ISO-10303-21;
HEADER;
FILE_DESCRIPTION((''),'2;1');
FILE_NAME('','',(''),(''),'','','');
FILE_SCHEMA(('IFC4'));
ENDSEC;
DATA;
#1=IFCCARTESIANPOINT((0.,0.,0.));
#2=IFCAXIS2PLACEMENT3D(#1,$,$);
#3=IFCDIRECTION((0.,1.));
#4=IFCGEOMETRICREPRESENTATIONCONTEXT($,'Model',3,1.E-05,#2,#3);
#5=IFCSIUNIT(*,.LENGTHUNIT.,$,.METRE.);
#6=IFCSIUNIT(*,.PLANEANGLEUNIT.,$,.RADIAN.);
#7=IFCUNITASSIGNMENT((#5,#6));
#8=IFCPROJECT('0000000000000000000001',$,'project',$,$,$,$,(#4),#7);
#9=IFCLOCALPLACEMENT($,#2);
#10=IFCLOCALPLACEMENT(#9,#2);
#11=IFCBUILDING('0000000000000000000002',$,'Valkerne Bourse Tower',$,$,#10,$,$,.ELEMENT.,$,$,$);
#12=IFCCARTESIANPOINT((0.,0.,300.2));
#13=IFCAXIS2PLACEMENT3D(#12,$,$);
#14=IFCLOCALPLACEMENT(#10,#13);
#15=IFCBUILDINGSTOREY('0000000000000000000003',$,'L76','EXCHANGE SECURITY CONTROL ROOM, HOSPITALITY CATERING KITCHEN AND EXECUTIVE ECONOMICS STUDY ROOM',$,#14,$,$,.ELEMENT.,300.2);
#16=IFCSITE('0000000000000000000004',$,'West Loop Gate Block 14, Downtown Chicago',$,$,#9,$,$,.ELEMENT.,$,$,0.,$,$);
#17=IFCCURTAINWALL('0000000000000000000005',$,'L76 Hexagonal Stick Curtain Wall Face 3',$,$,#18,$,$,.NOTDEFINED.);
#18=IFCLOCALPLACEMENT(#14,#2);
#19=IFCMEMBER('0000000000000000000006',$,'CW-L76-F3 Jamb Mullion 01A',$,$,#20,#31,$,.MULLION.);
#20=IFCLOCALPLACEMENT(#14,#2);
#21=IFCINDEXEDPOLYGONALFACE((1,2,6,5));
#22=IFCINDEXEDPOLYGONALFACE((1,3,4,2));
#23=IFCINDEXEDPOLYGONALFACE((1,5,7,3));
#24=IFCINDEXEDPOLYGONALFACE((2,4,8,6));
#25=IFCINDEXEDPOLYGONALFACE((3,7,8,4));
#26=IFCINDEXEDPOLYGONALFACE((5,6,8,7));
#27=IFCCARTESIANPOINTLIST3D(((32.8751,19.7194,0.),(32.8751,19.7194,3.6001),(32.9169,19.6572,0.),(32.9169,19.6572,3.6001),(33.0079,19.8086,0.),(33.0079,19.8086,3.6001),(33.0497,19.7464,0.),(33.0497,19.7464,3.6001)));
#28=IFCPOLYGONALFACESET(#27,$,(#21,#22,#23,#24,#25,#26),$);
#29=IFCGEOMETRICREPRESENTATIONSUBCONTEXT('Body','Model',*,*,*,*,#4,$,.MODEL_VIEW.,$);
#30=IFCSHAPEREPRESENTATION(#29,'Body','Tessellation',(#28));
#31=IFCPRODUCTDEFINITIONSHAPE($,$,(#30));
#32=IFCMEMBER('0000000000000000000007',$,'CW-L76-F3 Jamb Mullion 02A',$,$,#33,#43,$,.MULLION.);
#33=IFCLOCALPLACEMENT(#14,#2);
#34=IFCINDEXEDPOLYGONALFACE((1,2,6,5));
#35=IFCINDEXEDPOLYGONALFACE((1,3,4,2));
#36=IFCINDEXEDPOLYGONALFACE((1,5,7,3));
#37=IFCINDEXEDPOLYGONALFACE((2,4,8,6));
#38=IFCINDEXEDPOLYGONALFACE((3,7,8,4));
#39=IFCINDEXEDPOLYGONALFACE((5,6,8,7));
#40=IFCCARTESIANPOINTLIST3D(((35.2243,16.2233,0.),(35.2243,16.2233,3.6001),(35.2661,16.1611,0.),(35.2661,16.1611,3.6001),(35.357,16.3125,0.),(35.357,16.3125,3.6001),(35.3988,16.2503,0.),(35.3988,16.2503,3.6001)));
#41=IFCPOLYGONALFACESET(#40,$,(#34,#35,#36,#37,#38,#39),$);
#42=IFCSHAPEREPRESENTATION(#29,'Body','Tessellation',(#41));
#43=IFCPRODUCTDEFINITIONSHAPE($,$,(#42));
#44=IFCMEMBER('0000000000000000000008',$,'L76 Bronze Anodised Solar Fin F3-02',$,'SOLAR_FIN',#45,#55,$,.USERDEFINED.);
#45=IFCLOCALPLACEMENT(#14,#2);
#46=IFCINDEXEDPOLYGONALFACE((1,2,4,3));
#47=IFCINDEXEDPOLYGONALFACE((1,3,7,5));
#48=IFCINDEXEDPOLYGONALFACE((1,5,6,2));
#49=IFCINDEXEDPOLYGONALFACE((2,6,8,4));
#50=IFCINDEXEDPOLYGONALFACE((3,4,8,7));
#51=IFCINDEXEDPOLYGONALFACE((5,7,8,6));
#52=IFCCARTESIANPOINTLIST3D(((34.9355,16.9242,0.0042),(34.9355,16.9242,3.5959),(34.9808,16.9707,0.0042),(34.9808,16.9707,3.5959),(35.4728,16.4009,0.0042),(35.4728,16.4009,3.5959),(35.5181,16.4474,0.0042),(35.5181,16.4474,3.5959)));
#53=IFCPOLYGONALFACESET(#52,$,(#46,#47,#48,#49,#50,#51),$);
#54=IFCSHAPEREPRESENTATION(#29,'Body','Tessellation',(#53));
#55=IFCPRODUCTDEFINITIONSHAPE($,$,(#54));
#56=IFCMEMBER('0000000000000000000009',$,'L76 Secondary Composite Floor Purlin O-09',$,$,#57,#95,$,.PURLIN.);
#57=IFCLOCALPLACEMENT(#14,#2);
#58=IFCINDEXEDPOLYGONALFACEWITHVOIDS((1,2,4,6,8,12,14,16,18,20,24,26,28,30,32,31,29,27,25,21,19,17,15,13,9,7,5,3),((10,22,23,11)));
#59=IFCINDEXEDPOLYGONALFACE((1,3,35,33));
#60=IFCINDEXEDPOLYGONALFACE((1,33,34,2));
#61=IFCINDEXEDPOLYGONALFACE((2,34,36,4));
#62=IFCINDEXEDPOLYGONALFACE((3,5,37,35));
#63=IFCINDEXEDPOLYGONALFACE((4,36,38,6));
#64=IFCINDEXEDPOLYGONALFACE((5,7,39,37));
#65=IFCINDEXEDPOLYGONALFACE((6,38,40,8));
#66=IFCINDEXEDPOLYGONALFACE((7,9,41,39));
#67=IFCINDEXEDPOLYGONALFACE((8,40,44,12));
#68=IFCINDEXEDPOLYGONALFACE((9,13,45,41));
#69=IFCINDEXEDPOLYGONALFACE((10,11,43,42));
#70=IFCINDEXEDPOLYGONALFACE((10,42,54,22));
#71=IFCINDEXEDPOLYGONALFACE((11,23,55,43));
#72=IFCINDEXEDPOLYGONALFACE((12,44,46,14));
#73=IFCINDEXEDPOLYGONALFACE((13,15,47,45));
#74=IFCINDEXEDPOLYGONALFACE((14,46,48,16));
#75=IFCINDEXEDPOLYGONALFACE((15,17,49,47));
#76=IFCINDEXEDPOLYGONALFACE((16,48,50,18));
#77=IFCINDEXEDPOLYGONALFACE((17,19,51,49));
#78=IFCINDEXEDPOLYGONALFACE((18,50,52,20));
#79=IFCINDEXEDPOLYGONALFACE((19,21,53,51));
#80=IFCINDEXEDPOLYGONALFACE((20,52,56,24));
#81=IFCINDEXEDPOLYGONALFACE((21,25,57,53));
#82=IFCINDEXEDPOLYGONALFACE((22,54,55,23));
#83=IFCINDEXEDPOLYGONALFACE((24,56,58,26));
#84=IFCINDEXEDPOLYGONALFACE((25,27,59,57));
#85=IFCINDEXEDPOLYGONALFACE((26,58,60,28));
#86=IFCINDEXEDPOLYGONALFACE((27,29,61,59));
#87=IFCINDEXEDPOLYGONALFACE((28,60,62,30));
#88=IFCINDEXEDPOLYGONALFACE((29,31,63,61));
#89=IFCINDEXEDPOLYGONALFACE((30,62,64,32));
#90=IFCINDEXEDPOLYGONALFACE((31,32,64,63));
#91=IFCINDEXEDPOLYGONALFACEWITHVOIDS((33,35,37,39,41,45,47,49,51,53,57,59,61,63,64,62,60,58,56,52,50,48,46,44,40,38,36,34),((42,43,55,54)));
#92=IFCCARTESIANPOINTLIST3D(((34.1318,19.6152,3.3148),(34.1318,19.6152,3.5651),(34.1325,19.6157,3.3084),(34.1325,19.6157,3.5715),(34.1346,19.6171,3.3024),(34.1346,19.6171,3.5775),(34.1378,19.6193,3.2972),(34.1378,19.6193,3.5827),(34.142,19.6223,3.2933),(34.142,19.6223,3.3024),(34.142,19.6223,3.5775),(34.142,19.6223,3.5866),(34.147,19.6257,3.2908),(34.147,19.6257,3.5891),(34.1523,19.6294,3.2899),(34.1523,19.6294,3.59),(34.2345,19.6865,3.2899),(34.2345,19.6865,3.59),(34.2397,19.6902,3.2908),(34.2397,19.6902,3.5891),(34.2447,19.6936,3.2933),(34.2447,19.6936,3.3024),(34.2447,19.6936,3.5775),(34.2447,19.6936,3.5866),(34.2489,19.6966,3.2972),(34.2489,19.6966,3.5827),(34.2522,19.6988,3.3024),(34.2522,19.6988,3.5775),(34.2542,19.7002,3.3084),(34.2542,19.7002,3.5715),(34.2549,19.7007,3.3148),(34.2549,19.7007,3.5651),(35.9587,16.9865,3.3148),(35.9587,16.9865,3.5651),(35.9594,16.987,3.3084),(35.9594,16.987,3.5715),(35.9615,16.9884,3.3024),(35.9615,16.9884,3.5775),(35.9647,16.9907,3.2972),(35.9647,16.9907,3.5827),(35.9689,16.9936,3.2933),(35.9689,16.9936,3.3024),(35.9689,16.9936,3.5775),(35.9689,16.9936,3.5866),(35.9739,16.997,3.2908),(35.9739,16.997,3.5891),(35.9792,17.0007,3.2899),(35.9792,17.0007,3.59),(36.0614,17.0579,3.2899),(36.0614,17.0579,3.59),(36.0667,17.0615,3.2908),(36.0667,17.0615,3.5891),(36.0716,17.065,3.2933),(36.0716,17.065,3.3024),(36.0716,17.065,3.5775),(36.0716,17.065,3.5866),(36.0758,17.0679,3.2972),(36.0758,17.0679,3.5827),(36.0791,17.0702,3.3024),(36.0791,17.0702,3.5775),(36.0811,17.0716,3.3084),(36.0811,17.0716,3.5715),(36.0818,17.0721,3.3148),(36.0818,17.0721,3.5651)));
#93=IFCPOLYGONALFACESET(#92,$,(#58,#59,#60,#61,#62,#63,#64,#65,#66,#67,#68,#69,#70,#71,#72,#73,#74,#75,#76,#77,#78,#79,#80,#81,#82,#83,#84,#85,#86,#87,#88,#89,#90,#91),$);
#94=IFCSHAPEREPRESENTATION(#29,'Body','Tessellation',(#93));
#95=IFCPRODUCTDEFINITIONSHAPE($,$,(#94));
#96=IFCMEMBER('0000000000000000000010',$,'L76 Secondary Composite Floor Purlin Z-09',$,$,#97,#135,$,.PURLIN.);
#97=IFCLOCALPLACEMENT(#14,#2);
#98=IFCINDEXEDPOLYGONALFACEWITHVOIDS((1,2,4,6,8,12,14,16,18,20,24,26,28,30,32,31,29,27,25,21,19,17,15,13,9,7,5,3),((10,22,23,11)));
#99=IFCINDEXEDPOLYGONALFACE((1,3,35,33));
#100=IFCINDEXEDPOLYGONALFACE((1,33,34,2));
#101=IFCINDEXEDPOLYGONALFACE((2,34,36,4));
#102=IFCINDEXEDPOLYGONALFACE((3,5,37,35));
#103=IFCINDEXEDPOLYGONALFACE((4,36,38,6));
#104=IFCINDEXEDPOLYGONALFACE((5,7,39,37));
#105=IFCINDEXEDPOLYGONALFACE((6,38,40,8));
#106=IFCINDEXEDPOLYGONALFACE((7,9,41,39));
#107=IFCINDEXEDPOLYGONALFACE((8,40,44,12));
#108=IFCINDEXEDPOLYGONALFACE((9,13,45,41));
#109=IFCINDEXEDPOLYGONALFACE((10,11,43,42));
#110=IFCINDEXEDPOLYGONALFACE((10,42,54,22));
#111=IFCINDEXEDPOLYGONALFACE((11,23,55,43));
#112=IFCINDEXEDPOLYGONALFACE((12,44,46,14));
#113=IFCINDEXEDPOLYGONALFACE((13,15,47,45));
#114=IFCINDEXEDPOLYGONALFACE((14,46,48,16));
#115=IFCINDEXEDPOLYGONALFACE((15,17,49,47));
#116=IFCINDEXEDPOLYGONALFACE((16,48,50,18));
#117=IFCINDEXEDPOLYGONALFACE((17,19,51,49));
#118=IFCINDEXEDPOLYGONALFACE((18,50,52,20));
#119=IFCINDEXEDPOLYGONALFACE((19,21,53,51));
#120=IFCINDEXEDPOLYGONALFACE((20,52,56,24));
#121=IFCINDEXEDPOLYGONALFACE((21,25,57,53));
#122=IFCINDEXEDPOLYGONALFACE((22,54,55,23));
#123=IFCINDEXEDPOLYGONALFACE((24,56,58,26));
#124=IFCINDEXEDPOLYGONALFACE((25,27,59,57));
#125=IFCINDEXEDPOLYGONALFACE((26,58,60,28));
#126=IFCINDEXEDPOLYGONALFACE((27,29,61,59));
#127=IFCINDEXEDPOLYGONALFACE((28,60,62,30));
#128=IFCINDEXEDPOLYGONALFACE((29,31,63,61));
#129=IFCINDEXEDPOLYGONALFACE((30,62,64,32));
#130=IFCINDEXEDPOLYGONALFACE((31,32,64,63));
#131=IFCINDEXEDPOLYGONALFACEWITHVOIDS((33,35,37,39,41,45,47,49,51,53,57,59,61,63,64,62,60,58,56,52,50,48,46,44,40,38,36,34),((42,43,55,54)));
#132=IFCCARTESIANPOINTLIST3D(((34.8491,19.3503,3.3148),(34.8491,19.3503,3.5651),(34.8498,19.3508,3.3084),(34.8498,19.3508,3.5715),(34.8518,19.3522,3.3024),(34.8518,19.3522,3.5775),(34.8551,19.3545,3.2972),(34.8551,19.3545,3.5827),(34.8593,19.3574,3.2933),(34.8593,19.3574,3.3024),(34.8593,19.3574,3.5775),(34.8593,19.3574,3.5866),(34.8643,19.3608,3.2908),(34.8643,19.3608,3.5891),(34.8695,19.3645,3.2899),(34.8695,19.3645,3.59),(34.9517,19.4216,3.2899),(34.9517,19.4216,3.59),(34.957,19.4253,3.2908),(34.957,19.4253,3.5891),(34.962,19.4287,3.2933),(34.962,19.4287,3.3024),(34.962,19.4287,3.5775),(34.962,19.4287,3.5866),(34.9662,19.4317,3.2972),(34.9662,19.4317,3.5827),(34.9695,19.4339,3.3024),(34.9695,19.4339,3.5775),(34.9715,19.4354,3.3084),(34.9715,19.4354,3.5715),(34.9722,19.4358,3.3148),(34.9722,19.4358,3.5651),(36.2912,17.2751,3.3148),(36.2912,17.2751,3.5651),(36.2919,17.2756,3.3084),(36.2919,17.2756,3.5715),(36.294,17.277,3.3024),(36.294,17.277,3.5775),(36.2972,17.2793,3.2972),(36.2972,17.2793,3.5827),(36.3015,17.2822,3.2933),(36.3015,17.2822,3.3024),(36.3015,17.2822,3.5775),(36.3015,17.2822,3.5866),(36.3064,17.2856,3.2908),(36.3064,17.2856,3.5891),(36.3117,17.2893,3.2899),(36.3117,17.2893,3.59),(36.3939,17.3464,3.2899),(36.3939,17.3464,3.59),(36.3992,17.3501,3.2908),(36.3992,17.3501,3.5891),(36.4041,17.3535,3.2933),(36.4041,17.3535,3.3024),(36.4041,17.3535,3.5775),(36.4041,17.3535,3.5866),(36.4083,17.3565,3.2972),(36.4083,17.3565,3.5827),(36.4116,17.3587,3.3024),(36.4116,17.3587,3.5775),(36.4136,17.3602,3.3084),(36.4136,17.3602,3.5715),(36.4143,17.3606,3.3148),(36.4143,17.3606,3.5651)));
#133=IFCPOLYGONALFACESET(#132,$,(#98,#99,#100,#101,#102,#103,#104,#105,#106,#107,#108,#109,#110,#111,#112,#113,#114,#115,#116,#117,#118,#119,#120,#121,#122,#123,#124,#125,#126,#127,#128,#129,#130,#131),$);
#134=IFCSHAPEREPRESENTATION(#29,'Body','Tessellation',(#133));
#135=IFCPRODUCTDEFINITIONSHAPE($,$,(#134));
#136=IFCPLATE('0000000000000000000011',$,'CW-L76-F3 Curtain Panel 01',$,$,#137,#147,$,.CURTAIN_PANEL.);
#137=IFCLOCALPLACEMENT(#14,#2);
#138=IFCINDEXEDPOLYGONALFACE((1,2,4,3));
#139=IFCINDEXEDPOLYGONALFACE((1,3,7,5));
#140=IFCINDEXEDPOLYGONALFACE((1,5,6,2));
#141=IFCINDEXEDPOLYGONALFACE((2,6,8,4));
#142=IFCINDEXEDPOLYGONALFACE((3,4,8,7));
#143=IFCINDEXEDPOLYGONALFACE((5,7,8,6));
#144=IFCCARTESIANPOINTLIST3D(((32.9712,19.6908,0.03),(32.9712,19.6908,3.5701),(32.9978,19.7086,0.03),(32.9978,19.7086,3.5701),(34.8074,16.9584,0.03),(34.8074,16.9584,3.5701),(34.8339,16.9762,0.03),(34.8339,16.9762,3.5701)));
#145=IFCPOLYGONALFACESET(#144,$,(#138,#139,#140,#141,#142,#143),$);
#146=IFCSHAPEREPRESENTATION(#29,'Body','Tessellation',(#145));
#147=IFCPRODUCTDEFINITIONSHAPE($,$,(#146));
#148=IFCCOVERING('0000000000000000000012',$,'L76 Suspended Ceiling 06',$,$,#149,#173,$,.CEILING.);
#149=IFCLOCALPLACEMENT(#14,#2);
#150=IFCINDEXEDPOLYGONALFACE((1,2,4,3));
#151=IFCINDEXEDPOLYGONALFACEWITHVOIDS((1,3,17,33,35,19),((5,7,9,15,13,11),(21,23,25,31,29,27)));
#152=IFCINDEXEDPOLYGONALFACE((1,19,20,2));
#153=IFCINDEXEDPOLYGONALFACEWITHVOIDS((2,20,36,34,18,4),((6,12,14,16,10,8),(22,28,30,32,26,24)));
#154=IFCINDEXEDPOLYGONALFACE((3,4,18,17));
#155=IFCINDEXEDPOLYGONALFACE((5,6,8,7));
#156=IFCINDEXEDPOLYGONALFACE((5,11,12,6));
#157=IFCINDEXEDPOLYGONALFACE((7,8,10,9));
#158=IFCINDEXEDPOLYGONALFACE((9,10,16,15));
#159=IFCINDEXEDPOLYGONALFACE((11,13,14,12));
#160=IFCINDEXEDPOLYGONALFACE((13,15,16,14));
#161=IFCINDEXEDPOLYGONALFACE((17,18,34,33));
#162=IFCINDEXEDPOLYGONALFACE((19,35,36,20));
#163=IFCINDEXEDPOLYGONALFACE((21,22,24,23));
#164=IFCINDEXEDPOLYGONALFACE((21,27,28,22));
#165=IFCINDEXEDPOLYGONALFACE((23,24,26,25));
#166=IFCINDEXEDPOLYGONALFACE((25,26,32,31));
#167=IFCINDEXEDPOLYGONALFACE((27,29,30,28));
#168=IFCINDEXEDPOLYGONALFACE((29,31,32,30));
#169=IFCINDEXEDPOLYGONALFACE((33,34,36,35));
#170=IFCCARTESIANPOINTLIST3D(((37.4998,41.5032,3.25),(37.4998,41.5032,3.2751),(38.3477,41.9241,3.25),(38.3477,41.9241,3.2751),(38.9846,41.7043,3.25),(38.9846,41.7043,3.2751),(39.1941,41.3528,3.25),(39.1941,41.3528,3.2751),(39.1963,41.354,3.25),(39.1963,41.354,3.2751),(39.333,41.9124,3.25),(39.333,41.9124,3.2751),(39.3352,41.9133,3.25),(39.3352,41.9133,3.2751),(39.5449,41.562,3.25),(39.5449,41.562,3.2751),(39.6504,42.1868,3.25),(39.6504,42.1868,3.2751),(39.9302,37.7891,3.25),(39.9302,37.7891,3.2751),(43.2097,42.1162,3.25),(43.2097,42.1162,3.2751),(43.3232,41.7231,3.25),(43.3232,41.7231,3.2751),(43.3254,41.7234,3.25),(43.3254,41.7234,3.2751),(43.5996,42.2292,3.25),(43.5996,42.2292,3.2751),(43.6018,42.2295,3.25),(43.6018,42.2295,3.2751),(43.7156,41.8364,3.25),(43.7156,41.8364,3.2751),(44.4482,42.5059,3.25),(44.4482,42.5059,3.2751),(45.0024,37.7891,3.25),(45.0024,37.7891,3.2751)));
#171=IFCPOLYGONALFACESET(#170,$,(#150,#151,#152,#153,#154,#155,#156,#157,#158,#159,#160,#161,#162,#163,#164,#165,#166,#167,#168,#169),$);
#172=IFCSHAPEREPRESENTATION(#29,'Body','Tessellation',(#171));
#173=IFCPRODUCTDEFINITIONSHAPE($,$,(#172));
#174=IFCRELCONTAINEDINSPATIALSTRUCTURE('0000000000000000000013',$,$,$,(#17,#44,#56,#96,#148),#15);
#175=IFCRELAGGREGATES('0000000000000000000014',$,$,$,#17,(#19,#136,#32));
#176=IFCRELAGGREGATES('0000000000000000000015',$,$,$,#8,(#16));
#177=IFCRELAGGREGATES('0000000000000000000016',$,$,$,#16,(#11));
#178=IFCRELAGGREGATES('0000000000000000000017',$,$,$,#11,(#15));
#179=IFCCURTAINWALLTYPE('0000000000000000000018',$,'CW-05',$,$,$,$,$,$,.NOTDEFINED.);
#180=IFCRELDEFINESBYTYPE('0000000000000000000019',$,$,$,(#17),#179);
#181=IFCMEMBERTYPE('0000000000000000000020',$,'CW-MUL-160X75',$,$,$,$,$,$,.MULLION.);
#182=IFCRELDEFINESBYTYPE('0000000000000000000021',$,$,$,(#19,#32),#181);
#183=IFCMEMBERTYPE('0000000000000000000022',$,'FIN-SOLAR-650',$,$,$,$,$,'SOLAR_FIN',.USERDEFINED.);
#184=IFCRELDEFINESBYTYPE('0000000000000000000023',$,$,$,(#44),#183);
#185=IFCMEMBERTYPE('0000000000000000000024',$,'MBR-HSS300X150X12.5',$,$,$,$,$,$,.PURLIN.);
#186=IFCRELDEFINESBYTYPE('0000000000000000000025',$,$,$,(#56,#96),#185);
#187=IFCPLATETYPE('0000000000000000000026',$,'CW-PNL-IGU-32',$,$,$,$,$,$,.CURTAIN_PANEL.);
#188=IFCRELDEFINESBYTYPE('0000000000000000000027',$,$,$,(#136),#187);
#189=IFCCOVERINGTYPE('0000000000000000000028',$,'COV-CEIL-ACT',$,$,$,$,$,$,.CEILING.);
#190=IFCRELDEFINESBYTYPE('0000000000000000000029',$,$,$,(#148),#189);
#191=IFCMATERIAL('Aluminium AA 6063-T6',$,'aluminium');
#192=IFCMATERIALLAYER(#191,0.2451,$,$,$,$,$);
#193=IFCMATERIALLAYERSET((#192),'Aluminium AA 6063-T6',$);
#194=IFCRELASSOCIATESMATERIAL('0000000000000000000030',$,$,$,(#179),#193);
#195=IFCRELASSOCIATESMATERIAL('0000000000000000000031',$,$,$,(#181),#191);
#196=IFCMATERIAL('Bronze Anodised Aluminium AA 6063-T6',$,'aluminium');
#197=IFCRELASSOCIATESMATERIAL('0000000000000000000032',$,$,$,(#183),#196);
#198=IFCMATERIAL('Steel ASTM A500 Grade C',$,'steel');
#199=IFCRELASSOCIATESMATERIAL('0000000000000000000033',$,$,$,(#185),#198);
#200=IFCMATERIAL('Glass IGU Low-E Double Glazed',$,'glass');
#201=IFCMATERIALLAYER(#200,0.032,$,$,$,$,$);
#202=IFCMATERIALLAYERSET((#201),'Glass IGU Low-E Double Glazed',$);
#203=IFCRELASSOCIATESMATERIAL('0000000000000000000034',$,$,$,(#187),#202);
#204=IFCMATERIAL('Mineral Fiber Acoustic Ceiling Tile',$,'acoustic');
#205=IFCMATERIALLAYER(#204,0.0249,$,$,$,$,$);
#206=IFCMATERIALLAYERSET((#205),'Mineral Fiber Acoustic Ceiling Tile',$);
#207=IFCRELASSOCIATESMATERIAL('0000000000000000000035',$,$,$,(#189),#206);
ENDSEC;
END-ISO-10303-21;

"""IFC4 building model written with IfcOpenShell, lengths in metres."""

from ifc_helpers import new_model, si_unit, direction, frame, origin, origin_2d, place, context, subcontext, project, spatial, polyline, rectangle, hollow_rectangle, outline, extrude, material, layer, layer_set, material_profile, profile_set, type_object, element, aggregate, save


model = new_model("IFC4")

# Units and contexts
model_context = context("Model", 3, precision=1e-05, world=origin(), true_north=direction((0.0, 1.0)))
body_context = subcontext(model_context, "Body", "Model", "MODEL_VIEW")
ifc_project = project(units=[si_unit("LENGTHUNIT", "METRE"), si_unit("PLANEANGLEUNIT", "RADIAN")], contexts=[model_context])

# Site, building, storey
site_placement = place(None, origin())
site = spatial("IfcSite", under=ifc_project, at=site_placement, Name="West Loop Gate Block 14, Downtown Chicago", CompositionType="ELEMENT", RefElevation=0.0)
building_placement = place(site_placement, origin())
building = spatial("IfcBuilding", under=site, at=building_placement, Name="Valkerne Bourse Tower", CompositionType="ELEMENT")
storey_placement = place(building_placement, frame((0.0, 0.0, 300.2)))
storey = spatial("IfcBuildingStorey", under=building, at=storey_placement, Name="L76", Description="EXCHANGE SECURITY CONTROL ROOM, HOSPITALITY CATERING KITCHEN AND EXECUTIVE ECONOMICS STUDY ROOM", CompositionType="ELEMENT", Elevation=300.2)

# Curtain wall, members
ifc_material_1 = material(Name="Aluminium AA 6063-T6", Category="aluminium")
ifc_layer_1 = layer(ifc_material_1, 0.2451)
ifc_layer_set_1 = layer_set([ifc_layer_1], Name="Aluminium AA 6063-T6")
curtain_wall_type = type_object("IfcCurtainWallType", Name="CW-05", PredefinedType="NOTDEFINED", material=ifc_layer_set_1)
curtain_wall_placement = place(storey_placement, origin())
curtain_wall = element("IfcCurtainWall", 1, at=curtain_wall_placement, inside=storey, type_object=curtain_wall_type, Name="L76 Hexagonal Stick Curtain Wall Face 3", PredefinedType="NOTDEFINED")
ifc_material_profile_1 = material_profile(ifc_material_1, rectangle(XDim=0.075, YDim=0.1599, at=origin_2d()), Name="CWM-75X160")
ifc_profile_set_1 = profile_set([ifc_material_profile_1], Name="Aluminium AA 6063-T6")
member_type_1 = type_object("IfcMemberType", Name="CW-MUL-160X75", PredefinedType="MULLION", material=ifc_profile_set_1)
member_1_placement = place(storey_placement, frame((32.9624, 19.7329, 0.0), z_axis=(0.0, 0.0, 1.0), x_axis=(0.557759, -0.830003, 0.0)))
member_1 = element("IfcMember", 2, at=member_1_placement, type_object=member_type_1, Name="CW-L76-F3 Jamb Mullion 01A", PredefinedType="MULLION", context=body_context, shape_type="SweptSolid", body=[
    extrude(rectangle(XDim=0.075, YDim=0.1599, at=origin_2d()), origin(), (0.0, 0.0, 1.0), 3.6001),
])
member_2_placement = place(storey_placement, frame((35.3115, 16.2368, 0.0), z_axis=(0.0, 0.0, 1.0), x_axis=(0.557743, -0.830014, 0.0)))
member_2 = element("IfcMember", 3, at=member_2_placement, type_object=member_type_1, Name="CW-L76-F3 Jamb Mullion 02A", PredefinedType="MULLION", context=body_context, shape_type="SweptSolid", body=[
    extrude(rectangle(XDim=0.075, YDim=0.1599, at=origin_2d()), origin(), (0.0, 0.0, 1.0), 3.6001),
])

# Members
ifc_material_2 = material(Name="Bronze Anodised Aluminium AA 6063-T6", Category="aluminium")
ifc_material_profile_2 = material_profile(ifc_material_2, rectangle(XDim=0.0649, YDim=0.75, at=origin_2d()), Name="FIN-65X750")
ifc_profile_set_2 = profile_set([ifc_material_profile_2], Name="Bronze Anodised Aluminium AA 6063-T6")
member_type_2 = type_object("IfcMemberType", Name="FIN-SOLAR-650", ElementType="SOLAR_FIN", PredefinedType="USERDEFINED", material=ifc_profile_set_2)
member_3_placement = place(storey_placement, frame((35.2268, 16.6858, 0.0042), z_axis=(0.0, 0.0, 1.0), x_axis=(-0.697671, -0.716418, 0.0)))
element("IfcMember", 4, at=member_3_placement, inside=storey, type_object=member_type_2, Name="L76 Bronze Anodised Solar Fin F3-02", ObjectType="SOLAR_FIN", PredefinedType="USERDEFINED", context=body_context, shape_type="SweptSolid", body=[
    extrude(rectangle(XDim=0.0649, YDim=0.75, at=origin_2d()), origin(), (0.0, 0.0, 1.0), 3.5918),
])
ifc_material_3 = material(Name="Steel ASTM A500 Grade C", Category="steel")
ifc_material_profile_3 = material_profile(ifc_material_3, hollow_rectangle(XDim=0.1499, YDim=0.3, WallThickness=0.0125, OuterFilletRadius=0.0249, at=origin_2d()), Name="HSS300X150X12.5")
ifc_profile_set_3 = profile_set([ifc_material_profile_3], Name="Steel ASTM A500 Grade C")
member_type_3 = type_object("IfcMemberType", Name="MBR-HSS300X150X12.5", PredefinedType="PURLIN", material=ifc_profile_set_3)
member_4_placement = place(storey_placement, frame((34.1934, 19.658, 3.4399), z_axis=(0.5707, -0.821158, 0.0), x_axis=(0.821158, 0.5707, 0.0)))
element("IfcMember", 5, at=member_4_placement, inside=storey, type_object=member_type_3, Name="L76 Secondary Composite Floor Purlin O-09", PredefinedType="PURLIN", context=body_context, shape_type="SweptSolid", body=[
    extrude(hollow_rectangle(XDim=0.1499, YDim=0.3, WallThickness=0.0125, OuterFilletRadius=0.0249, at=origin_2d()), origin(), (0.0, 0.0, 1.0), 3.2012),
])
member_5_placement = place(storey_placement, frame((34.9106, 19.3931, 3.4399), z_axis=(0.570671, -0.821179, 0.0), x_axis=(0.821179, 0.570671, 0.0)))
element("IfcMember", 6, at=member_5_placement, inside=storey, type_object=member_type_3, Name="L76 Secondary Composite Floor Purlin Z-09", PredefinedType="PURLIN", context=body_context, shape_type="SweptSolid", body=[
    extrude(hollow_rectangle(XDim=0.1499, YDim=0.3, WallThickness=0.0125, OuterFilletRadius=0.0249, at=origin_2d()), origin(), (0.0, 0.0, 1.0), 2.5271),
])

# Plate
ifc_material_4 = material(Name="Glass IGU Low-E Double Glazed", Category="glass")
ifc_layer_2 = layer(ifc_material_4, 0.032)
ifc_layer_set_2 = layer_set([ifc_layer_2], Name="Glass IGU Low-E Double Glazed")
plate_type = type_object("IfcPlateType", Name="CW-PNL-IGU-32", PredefinedType="CURTAIN_PANEL", material=ifc_layer_set_2)
plate_placement = place(storey_placement, frame((33.9026, 18.3335, 0.03), z_axis=(0.0, 0.0, 1.0), x_axis=(0.557759, -0.830003, 0.0)))
plate = element("IfcPlate", 7, at=plate_placement, type_object=plate_type, Name="CW-L76-F3 Curtain Panel 01", PredefinedType="CURTAIN_PANEL", context=body_context, shape_type="SweptSolid", body=[
    extrude(rectangle(XDim=3.292, YDim=0.032, at=origin_2d()), origin(), (0.0, 0.0, 1.0), 3.54),
])
aggregate(curtain_wall, [member_1, plate, member_2])

# Covering
ifc_material_5 = material(Name="Mineral Fiber Acoustic Ceiling Tile", Category="acoustic")
ifc_layer_3 = layer(ifc_material_5, 0.0249)
ifc_layer_set_3 = layer_set([ifc_layer_3], Name="Mineral Fiber Acoustic Ceiling Tile")
covering_type_1 = type_object("IfcCoveringType", Name="COV-CEIL-ACT", PredefinedType="CEILING", material=ifc_layer_set_3)
covering_1_placement = place(storey_placement, frame((0.0, 0.0, 3.25)))
element("IfcCovering", 8, at=covering_1_placement, inside=storey, type_object=covering_type_1, Name="L76 Suspended Ceiling 06", PredefinedType="CEILING", context=body_context, shape_type="SweptSolid", body=[
    extrude(outline(polyline([(44.4482, 42.5059), (45.0024, 37.7891), (39.9302, 37.7891), (37.4998, 41.5032), (38.3477, 41.9241), (39.6504, 42.1868), (44.4482, 42.5059)]), holes=[polyline([(39.1963, 41.354), (39.5449, 41.562), (39.3352, 41.9133), (39.333, 41.9124), (38.9846, 41.7043), (39.1941, 41.3528), (39.1963, 41.354)]), polyline([(43.7156, 41.8364), (43.6018, 42.2295), (43.5996, 42.2292), (43.2097, 42.1162), (43.3232, 41.7231), (43.3254, 41.7234), (43.7156, 41.8364)])]), origin(), (0.0, 0.0, 1.0), 0.0251),
])

save(model, "model.ifc")
